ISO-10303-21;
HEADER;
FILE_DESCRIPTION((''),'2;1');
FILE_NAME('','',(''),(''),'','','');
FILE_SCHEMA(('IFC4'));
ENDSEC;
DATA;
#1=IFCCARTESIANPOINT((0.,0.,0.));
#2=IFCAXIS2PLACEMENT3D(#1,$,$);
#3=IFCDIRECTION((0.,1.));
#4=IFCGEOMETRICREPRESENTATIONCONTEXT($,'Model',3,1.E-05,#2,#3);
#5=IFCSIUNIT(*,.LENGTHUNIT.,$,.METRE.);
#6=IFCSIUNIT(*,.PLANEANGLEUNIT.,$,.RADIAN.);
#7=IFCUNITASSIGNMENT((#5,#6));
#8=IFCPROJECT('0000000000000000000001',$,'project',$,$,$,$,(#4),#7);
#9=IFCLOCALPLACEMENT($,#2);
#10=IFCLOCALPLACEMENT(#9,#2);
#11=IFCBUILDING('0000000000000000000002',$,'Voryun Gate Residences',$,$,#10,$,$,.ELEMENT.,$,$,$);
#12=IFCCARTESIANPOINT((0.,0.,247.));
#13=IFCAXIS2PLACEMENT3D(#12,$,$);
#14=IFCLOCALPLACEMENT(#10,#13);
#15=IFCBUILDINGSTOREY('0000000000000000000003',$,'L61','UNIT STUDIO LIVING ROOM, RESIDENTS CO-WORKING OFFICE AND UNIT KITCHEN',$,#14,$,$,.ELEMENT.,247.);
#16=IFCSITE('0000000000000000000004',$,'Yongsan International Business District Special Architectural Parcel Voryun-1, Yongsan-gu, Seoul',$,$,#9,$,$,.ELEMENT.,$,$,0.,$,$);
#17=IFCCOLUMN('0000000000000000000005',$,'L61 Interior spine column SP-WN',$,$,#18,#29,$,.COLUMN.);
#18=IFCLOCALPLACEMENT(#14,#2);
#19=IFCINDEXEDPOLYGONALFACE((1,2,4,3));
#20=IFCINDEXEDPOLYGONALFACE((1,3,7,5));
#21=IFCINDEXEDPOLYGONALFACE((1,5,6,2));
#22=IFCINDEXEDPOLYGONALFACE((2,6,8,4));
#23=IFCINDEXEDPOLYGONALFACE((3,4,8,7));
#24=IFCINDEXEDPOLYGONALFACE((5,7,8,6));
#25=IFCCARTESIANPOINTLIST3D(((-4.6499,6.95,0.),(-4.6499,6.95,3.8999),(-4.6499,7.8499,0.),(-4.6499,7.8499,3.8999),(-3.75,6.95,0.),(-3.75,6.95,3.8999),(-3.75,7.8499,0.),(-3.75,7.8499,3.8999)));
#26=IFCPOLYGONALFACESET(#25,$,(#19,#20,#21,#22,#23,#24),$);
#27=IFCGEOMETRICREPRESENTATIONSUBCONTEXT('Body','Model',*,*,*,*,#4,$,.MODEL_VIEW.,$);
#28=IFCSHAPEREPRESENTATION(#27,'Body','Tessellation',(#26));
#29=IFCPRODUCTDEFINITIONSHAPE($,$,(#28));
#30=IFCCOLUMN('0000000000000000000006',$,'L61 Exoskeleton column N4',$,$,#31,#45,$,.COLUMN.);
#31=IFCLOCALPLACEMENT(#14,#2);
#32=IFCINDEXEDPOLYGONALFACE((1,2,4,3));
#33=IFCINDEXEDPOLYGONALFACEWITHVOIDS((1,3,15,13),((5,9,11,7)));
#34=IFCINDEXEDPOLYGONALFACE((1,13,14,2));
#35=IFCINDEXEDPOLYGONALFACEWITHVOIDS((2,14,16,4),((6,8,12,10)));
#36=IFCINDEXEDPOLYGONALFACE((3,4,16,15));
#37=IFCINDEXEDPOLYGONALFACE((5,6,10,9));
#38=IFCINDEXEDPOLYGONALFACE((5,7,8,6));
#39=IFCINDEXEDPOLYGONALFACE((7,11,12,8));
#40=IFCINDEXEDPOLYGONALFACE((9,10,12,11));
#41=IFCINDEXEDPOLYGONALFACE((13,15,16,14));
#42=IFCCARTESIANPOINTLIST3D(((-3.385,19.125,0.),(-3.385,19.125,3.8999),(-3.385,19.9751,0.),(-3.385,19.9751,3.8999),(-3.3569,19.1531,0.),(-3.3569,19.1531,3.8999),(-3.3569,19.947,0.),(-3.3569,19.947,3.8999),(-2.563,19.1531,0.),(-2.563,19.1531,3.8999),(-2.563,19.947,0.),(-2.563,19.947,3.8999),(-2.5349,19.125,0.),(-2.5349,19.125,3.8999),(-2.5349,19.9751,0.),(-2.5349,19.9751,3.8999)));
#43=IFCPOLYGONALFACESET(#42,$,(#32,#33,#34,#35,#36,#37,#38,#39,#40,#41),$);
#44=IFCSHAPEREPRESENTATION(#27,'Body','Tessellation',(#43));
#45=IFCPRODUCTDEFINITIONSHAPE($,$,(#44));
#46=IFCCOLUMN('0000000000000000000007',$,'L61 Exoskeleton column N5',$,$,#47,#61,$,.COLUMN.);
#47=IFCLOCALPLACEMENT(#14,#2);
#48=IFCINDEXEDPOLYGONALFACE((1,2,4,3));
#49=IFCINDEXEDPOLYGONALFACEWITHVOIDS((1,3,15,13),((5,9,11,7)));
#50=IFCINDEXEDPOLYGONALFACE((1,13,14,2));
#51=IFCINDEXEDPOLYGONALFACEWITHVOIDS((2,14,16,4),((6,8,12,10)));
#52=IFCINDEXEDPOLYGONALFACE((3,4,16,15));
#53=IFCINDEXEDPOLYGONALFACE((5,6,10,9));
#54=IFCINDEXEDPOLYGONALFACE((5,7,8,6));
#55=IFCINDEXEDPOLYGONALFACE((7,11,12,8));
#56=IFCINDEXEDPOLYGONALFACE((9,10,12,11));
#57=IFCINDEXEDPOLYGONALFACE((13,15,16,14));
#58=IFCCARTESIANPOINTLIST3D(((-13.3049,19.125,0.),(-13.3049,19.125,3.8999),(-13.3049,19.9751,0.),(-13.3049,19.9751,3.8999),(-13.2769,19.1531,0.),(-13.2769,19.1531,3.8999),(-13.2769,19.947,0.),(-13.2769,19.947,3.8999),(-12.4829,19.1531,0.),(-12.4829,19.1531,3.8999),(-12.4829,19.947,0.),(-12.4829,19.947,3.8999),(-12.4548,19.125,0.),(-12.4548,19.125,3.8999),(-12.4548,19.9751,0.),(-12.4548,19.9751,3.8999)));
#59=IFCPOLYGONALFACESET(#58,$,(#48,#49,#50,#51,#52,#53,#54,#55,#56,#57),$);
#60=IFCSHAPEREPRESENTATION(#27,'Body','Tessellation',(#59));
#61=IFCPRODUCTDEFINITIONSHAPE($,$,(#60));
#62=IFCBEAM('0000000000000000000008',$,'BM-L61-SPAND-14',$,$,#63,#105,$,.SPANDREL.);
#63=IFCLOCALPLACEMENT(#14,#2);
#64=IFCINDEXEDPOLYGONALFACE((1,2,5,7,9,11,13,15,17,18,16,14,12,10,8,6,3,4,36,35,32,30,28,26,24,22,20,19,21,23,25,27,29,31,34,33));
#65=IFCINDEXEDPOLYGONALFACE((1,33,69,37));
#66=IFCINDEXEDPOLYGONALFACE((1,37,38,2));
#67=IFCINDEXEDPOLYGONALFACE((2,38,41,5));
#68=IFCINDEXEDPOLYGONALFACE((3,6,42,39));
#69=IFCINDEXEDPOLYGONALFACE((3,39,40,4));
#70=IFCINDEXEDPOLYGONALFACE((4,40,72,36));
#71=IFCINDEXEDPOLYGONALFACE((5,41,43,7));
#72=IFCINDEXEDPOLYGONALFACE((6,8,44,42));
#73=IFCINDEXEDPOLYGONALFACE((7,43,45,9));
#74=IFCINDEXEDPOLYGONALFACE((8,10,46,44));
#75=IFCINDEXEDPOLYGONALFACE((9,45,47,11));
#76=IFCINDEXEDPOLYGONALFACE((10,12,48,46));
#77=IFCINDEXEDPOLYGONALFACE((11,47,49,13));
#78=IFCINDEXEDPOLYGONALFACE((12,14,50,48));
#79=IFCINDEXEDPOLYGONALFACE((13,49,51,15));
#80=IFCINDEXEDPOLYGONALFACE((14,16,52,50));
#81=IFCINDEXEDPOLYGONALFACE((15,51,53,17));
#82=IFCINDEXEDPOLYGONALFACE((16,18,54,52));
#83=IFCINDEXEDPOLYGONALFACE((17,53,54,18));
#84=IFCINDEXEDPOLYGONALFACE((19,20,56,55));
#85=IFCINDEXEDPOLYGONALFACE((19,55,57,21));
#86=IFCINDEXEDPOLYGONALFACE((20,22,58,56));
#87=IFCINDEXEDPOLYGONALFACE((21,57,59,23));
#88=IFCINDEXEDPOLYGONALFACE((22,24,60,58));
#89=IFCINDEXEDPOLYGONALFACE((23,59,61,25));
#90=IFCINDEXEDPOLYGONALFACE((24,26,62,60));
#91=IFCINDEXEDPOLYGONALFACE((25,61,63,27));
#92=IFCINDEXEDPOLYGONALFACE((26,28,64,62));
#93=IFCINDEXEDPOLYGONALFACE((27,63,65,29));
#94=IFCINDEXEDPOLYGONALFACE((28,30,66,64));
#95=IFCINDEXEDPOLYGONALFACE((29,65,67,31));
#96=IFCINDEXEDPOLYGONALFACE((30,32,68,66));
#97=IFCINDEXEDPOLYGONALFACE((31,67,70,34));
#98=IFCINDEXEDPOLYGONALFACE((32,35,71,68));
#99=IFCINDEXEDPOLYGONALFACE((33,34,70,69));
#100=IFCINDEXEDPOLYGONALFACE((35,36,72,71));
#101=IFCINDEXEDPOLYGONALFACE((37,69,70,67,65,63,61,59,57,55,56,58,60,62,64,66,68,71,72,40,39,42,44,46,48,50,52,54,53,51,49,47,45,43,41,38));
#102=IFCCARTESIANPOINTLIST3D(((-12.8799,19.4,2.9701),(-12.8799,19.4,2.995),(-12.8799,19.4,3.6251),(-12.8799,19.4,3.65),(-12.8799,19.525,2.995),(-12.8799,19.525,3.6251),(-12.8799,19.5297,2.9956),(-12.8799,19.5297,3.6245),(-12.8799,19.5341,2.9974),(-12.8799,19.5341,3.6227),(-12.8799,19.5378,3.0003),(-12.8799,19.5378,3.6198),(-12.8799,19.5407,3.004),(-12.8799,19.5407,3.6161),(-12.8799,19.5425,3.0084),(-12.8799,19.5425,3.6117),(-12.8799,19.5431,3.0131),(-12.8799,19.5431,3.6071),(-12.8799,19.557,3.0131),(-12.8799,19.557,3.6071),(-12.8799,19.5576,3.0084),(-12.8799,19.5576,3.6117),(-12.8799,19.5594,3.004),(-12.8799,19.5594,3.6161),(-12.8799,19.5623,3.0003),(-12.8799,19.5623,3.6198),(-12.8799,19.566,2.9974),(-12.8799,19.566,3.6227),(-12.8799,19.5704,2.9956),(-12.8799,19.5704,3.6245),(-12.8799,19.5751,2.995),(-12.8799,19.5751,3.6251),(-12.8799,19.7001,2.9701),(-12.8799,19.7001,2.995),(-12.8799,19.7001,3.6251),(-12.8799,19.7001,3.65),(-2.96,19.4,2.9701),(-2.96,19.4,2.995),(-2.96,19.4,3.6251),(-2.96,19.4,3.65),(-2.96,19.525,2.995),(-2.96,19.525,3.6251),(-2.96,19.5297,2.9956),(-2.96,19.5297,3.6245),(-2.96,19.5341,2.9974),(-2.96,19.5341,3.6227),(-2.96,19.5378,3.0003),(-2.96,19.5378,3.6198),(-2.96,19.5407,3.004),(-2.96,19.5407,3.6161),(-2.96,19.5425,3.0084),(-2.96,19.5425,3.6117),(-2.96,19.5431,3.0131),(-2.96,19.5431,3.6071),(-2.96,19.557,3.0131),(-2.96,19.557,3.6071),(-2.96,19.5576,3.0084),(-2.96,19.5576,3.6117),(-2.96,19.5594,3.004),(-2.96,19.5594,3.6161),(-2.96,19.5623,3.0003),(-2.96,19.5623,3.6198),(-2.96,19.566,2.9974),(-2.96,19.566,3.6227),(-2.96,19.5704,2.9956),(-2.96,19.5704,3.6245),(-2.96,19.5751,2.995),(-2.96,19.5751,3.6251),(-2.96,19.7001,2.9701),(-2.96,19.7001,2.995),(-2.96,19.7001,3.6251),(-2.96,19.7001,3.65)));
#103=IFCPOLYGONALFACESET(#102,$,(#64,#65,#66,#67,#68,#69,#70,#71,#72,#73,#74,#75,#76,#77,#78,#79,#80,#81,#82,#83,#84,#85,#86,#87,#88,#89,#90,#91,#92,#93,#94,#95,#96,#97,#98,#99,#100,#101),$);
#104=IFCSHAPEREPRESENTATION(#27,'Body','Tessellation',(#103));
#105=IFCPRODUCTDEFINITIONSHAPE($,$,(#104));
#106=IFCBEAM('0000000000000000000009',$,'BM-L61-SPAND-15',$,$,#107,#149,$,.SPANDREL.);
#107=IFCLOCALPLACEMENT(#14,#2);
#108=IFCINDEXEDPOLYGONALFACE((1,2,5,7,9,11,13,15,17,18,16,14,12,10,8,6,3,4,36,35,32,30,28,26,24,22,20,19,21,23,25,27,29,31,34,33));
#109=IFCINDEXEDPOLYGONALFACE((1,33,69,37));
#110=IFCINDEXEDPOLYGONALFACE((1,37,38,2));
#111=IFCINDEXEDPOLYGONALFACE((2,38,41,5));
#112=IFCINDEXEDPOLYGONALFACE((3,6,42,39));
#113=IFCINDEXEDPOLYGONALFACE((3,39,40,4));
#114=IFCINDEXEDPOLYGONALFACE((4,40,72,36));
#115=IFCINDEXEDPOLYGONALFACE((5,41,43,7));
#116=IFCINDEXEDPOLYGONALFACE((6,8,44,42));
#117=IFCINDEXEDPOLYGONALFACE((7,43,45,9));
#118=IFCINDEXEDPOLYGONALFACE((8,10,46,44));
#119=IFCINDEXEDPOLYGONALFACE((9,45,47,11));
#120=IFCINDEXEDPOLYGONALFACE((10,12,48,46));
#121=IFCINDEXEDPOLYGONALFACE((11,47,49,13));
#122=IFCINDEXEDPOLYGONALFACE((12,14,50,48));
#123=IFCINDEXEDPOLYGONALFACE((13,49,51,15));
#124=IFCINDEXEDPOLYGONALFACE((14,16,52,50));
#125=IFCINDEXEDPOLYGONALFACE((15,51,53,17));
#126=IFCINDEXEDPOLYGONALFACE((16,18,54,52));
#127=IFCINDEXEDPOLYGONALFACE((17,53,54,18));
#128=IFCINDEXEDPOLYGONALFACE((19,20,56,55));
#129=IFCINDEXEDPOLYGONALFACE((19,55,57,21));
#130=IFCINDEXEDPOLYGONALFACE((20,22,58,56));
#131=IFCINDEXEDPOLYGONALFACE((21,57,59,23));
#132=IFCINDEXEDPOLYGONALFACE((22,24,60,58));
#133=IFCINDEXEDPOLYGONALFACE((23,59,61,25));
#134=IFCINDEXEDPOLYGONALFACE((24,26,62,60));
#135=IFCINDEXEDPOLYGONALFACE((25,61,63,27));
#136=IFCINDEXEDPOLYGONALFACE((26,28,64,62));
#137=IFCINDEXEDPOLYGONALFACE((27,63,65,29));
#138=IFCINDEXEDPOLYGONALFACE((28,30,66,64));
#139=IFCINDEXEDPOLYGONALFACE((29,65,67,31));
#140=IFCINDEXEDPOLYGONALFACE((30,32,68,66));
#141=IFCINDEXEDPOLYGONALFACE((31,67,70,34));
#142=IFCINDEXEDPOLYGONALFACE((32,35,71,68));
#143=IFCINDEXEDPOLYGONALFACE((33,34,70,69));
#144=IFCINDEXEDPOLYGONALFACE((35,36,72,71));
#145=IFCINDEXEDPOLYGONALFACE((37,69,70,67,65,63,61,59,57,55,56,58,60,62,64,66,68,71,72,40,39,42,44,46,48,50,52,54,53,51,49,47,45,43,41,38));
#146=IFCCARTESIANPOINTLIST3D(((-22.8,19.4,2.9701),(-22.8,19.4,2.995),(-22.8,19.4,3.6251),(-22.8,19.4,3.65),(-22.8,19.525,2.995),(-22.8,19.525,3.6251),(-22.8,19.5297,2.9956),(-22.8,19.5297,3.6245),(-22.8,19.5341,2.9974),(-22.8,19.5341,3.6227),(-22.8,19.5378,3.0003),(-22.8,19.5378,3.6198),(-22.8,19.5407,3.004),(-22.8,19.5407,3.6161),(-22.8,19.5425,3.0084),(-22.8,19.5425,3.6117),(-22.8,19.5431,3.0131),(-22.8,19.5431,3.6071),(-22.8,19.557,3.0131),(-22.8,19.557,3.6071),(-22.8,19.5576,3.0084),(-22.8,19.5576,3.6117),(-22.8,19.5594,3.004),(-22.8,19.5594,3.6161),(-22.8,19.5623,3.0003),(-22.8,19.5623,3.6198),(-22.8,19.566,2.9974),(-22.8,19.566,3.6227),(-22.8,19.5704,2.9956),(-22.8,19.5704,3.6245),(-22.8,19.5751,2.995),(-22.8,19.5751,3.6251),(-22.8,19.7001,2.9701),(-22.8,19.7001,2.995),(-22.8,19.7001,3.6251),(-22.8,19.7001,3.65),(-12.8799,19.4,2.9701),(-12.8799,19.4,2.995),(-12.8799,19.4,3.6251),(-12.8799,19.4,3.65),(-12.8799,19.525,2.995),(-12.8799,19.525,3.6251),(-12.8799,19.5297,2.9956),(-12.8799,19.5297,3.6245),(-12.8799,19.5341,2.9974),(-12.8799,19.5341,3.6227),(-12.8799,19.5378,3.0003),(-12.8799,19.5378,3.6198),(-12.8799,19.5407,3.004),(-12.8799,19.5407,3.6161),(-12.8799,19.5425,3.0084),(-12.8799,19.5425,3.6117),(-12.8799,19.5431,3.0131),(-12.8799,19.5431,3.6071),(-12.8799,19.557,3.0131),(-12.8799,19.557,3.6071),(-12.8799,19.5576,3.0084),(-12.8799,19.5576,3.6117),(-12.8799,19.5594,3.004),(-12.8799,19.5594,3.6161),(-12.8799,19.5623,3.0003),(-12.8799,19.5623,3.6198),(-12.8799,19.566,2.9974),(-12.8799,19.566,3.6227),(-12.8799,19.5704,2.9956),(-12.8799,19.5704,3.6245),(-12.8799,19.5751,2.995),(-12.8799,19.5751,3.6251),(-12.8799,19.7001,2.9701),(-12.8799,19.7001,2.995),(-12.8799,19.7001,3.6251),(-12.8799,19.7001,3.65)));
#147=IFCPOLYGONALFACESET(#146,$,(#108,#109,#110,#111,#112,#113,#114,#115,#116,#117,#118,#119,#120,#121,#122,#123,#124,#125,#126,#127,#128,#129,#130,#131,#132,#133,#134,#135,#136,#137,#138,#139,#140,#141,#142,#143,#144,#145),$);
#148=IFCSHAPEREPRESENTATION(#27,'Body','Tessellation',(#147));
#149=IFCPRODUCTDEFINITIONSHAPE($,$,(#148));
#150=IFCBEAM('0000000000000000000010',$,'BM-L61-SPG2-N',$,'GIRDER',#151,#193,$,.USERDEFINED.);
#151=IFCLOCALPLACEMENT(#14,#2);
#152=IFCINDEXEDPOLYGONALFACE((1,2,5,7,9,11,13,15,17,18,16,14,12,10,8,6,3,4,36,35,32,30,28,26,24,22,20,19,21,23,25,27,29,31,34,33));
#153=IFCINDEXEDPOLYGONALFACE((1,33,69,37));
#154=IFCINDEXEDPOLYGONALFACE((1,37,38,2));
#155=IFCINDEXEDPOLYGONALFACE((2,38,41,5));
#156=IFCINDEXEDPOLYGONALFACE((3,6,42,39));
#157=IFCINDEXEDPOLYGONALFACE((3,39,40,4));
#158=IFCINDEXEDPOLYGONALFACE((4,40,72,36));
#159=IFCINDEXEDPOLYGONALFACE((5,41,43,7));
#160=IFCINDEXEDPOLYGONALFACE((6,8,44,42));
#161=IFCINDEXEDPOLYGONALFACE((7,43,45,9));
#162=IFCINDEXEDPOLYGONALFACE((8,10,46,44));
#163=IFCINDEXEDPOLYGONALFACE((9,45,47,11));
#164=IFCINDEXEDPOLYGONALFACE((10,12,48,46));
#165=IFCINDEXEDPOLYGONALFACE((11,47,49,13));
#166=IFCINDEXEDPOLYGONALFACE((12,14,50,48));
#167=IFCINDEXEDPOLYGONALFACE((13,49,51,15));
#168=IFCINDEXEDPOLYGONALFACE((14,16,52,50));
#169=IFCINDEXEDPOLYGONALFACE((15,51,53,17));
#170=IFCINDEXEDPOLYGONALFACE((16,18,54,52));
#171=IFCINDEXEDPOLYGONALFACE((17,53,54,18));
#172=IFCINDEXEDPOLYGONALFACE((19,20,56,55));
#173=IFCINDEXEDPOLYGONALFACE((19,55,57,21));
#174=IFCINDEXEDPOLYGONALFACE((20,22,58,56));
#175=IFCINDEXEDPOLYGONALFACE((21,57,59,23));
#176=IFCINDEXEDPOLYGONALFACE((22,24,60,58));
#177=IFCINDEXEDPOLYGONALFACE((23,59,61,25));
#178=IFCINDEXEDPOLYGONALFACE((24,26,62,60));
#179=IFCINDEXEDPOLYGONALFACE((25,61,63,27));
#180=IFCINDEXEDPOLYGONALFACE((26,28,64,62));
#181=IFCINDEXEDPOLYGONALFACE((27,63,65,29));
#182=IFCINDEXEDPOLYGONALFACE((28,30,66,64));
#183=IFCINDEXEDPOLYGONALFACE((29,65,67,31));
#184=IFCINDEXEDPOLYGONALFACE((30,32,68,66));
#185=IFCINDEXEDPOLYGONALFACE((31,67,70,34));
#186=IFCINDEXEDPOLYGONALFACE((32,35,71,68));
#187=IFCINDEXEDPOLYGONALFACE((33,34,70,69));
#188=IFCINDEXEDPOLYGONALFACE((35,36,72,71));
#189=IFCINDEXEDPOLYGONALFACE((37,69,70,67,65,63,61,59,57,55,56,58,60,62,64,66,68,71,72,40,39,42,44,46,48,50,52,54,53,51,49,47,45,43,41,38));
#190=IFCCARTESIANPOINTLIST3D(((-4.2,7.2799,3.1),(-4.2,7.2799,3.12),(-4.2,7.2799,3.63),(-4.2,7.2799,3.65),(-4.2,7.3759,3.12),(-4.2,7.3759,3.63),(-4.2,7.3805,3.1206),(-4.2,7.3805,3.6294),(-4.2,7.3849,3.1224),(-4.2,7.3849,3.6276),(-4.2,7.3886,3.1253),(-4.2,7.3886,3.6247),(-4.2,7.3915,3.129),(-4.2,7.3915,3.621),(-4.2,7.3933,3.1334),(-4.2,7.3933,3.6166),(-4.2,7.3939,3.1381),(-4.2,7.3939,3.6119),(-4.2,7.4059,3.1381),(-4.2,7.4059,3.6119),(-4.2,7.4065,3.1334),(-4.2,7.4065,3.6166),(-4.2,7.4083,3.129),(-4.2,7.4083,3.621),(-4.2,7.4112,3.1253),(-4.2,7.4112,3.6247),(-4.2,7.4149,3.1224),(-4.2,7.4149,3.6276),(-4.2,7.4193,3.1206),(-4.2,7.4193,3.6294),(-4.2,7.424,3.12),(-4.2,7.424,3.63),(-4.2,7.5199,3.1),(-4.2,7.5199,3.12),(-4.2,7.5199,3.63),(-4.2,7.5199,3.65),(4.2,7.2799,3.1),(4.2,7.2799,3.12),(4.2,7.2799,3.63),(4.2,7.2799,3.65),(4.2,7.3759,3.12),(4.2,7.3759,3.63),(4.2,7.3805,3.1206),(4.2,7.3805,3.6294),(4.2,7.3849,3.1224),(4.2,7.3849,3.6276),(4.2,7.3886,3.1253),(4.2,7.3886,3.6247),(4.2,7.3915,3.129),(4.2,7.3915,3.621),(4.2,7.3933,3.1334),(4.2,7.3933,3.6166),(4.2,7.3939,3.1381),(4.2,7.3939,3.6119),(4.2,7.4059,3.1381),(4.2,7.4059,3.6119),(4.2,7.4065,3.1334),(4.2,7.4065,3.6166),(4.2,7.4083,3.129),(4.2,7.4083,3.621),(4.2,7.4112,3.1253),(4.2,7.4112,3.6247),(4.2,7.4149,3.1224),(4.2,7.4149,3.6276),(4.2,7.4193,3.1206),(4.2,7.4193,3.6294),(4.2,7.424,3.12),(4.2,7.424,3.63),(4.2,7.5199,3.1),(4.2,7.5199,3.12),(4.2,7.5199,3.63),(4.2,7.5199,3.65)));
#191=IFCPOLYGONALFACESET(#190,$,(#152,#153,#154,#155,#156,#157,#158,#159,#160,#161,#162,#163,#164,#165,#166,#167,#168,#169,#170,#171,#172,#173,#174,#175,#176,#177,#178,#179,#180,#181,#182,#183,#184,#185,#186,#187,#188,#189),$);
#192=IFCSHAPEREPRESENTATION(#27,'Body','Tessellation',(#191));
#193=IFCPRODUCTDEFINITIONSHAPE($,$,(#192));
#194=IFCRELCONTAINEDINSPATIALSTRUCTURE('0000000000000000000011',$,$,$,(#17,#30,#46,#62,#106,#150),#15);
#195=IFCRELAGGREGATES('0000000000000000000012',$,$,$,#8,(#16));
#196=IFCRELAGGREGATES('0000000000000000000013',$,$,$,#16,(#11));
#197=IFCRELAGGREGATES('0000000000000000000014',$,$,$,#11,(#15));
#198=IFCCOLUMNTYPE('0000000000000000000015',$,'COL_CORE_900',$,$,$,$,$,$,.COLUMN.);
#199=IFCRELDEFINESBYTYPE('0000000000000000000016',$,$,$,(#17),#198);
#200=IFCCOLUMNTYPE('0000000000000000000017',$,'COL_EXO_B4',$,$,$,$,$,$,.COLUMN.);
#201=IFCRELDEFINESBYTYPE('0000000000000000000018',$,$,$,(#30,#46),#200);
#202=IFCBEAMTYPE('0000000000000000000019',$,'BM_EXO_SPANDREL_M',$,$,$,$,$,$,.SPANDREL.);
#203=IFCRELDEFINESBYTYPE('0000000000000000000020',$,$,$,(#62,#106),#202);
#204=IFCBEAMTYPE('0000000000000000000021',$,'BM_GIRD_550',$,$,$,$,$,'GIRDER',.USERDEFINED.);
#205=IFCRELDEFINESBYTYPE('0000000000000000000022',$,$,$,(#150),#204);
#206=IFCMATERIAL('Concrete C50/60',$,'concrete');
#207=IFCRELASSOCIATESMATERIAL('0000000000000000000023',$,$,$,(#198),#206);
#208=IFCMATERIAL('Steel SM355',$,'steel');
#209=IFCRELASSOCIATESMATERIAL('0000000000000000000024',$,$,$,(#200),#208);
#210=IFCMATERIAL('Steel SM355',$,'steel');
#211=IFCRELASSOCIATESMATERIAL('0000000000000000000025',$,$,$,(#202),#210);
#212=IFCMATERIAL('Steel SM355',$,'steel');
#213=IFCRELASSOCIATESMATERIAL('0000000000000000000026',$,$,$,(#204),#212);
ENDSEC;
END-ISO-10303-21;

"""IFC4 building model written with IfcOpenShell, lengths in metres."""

from ifc_helpers import new_model, si_unit, direction, frame, origin, origin_2d, place, context, subcontext, project, spatial, rectangle, hollow_rectangle, i_section, extrude, material, material_profile, profile_set, type_object, element, save


model = new_model("IFC4")

# Units and contexts
model_context = context("Model", 3, precision=1e-05, world=origin(), true_north=direction((0.0, 1.0)))
body_context = subcontext(model_context, "Body", "Model", "MODEL_VIEW")
ifc_project = project(units=[si_unit("LENGTHUNIT", "METRE"), si_unit("PLANEANGLEUNIT", "RADIAN")], contexts=[model_context])

# Site, building, storey
site_placement = place(None, origin())
site = spatial("IfcSite", under=ifc_project, at=site_placement, Name="Yongsan International Business District Special Architectural Parcel Voryun-1, Yongsan-gu, Seoul", CompositionType="ELEMENT", RefElevation=0.0)
building_placement = place(site_placement, origin())
building = spatial("IfcBuilding", under=site, at=building_placement, Name="Voryun Gate Residences", CompositionType="ELEMENT")
storey_placement = place(building_placement, frame((0.0, 0.0, 247.0)))
storey = spatial("IfcBuildingStorey", under=building, at=storey_placement, Name="L61", Description="UNIT STUDIO LIVING ROOM, RESIDENTS CO-WORKING OFFICE AND UNIT KITCHEN", CompositionType="ELEMENT", Elevation=247.0)

# Columns
ifc_material_1 = material(Name="Concrete C50/60", Category="concrete")
ifc_material_profile_1 = material_profile(ifc_material_1, rectangle(XDim=0.8999, YDim=0.8999, at=origin_2d()), Name="RC-900x900")
ifc_profile_set_1 = profile_set([ifc_material_profile_1], Name="Concrete C50/60")
column_type_1 = type_object("IfcColumnType", Name="COL_CORE_900", PredefinedType="COLUMN", material=ifc_profile_set_1)
column_placement = place(storey_placement, frame((-4.2, 7.3999, 0.0), z_axis=(0.0, 0.0, 1.0), x_axis=(1.0, 0.0, 0.0)))
element("IfcColumn", 1, at=column_placement, inside=storey, type_object=column_type_1, Name="L61 Interior spine column SP-WN", PredefinedType="COLUMN", context=body_context, shape_type="SweptSolid", body=[
    extrude(rectangle(XDim=0.8999, YDim=0.8999, at=origin_2d()), origin(), (0.0, 0.0, 1.0), 3.8999),
])
ifc_material_2 = material(Name="Steel SM355", Category="steel")
ifc_material_profile_2 = material_profile(ifc_material_2, hollow_rectangle(XDim=0.8501, YDim=0.8501, WallThickness=0.0281, at=origin_2d()), Name="BOX-850x850x28")
ifc_profile_set_2 = profile_set([ifc_material_profile_2], Name="Steel SM355")
column_type_2 = type_object("IfcColumnType", Name="COL_EXO_B4", PredefinedType="COLUMN", material=ifc_profile_set_2)
for number, where, z_axis, x_axis, name in (
    (2, (-2.96, 19.55, 0.0), (0.0, 0.0, 1.0), (1.0, 0.0, 0.0), "L61 Exoskeleton column N4"),
    (3, (-12.8799, 19.55, 0.0), (0.0, 0.0, 1.0), (1.0, 0.0, 0.0), "L61 Exoskeleton column N5"),
):
    element("IfcColumn", number, at=place(storey_placement, frame(where, z_axis=z_axis, x_axis=x_axis)), inside=storey, type_object=column_type_2, Name=name, PredefinedType="COLUMN", context=body_context, shape_type="SweptSolid", body=[
        extrude(hollow_rectangle(XDim=0.8501, YDim=0.8501, WallThickness=0.0281, at=origin_2d()), origin(), (0.0, 0.0, 1.0), 3.8999),
    ])

# Beams
ifc_material_3 = material(Name="Steel SM355", Category="steel")
ifc_material_profile_3 = material_profile(ifc_material_3, i_section(OverallWidth=0.3, OverallDepth=0.6799, WebThickness=0.0139, FlangeThickness=0.0249, FilletRadius=0.0181, at=origin_2d()), Name="H-680x300x14x25")
ifc_profile_set_3 = profile_set([ifc_material_profile_3], Name="Steel SM355")
beam_type_1 = type_object("IfcBeamType", Name="BM_EXO_SPANDREL_M", PredefinedType="SPANDREL", material=ifc_profile_set_3)
beam_1_placement = place(storey_placement, frame((-2.96, 19.55, 3.3101), z_axis=(-1.0, 0.0, 0.0), x_axis=(0.0, -1.0, 0.0)))
element("IfcBeam", 4, at=beam_1_placement, inside=storey, type_object=beam_type_1, Name="BM-L61-SPAND-14", PredefinedType="SPANDREL", context=body_context, shape_type="SweptSolid", body=[
    extrude(i_section(OverallWidth=0.3, OverallDepth=0.6799, WebThickness=0.0139, FlangeThickness=0.0249, FilletRadius=0.0181, at=origin_2d()), origin(), (0.0, 0.0, 1.0), 9.9199),
])
beam_2_placement = place(storey_placement, frame((-12.8799, 19.55, 3.3101), z_axis=(-1.0, 0.0, 0.0), x_axis=(0.0, -1.0, 0.0)))
element("IfcBeam", 5, at=beam_2_placement, inside=storey, type_object=beam_type_1, Name="BM-L61-SPAND-15", PredefinedType="SPANDREL", context=body_context, shape_type="SweptSolid", body=[
    extrude(i_section(OverallWidth=0.3, OverallDepth=0.6799, WebThickness=0.0139, FlangeThickness=0.0249, FilletRadius=0.0181, at=origin_2d()), origin(), (0.0, 0.0, 1.0), 9.9202),
])
ifc_material_4 = material(Name="Steel SM355", Category="steel")
ifc_material_profile_4 = material_profile(ifc_material_4, i_section(OverallWidth=0.24, OverallDepth=0.55, WebThickness=0.012, FlangeThickness=0.02, FilletRadius=0.0181, at=origin_2d()), Name="H-550x240x12x20")
ifc_profile_set_4 = profile_set([ifc_material_profile_4], Name="Steel SM355")
beam_type_2 = type_object("IfcBeamType", Name="BM_GIRD_550", ElementType="GIRDER", PredefinedType="USERDEFINED", material=ifc_profile_set_4)
beam_3_placement = place(storey_placement, frame((-4.2, 7.3999, 3.375), z_axis=(1.0, 0.0, 0.0), x_axis=(0.0, 1.0, 0.0)))
element("IfcBeam", 6, at=beam_3_placement, inside=storey, type_object=beam_type_2, Name="BM-L61-SPG2-N", ObjectType="GIRDER", PredefinedType="USERDEFINED", context=body_context, shape_type="SweptSolid", body=[
    extrude(i_section(OverallWidth=0.24, OverallDepth=0.55, WebThickness=0.012, FlangeThickness=0.02, FilletRadius=0.0181, at=origin_2d()), origin(), (0.0, 0.0, 1.0), 8.3999),
])

save(model, "model.ifc")
